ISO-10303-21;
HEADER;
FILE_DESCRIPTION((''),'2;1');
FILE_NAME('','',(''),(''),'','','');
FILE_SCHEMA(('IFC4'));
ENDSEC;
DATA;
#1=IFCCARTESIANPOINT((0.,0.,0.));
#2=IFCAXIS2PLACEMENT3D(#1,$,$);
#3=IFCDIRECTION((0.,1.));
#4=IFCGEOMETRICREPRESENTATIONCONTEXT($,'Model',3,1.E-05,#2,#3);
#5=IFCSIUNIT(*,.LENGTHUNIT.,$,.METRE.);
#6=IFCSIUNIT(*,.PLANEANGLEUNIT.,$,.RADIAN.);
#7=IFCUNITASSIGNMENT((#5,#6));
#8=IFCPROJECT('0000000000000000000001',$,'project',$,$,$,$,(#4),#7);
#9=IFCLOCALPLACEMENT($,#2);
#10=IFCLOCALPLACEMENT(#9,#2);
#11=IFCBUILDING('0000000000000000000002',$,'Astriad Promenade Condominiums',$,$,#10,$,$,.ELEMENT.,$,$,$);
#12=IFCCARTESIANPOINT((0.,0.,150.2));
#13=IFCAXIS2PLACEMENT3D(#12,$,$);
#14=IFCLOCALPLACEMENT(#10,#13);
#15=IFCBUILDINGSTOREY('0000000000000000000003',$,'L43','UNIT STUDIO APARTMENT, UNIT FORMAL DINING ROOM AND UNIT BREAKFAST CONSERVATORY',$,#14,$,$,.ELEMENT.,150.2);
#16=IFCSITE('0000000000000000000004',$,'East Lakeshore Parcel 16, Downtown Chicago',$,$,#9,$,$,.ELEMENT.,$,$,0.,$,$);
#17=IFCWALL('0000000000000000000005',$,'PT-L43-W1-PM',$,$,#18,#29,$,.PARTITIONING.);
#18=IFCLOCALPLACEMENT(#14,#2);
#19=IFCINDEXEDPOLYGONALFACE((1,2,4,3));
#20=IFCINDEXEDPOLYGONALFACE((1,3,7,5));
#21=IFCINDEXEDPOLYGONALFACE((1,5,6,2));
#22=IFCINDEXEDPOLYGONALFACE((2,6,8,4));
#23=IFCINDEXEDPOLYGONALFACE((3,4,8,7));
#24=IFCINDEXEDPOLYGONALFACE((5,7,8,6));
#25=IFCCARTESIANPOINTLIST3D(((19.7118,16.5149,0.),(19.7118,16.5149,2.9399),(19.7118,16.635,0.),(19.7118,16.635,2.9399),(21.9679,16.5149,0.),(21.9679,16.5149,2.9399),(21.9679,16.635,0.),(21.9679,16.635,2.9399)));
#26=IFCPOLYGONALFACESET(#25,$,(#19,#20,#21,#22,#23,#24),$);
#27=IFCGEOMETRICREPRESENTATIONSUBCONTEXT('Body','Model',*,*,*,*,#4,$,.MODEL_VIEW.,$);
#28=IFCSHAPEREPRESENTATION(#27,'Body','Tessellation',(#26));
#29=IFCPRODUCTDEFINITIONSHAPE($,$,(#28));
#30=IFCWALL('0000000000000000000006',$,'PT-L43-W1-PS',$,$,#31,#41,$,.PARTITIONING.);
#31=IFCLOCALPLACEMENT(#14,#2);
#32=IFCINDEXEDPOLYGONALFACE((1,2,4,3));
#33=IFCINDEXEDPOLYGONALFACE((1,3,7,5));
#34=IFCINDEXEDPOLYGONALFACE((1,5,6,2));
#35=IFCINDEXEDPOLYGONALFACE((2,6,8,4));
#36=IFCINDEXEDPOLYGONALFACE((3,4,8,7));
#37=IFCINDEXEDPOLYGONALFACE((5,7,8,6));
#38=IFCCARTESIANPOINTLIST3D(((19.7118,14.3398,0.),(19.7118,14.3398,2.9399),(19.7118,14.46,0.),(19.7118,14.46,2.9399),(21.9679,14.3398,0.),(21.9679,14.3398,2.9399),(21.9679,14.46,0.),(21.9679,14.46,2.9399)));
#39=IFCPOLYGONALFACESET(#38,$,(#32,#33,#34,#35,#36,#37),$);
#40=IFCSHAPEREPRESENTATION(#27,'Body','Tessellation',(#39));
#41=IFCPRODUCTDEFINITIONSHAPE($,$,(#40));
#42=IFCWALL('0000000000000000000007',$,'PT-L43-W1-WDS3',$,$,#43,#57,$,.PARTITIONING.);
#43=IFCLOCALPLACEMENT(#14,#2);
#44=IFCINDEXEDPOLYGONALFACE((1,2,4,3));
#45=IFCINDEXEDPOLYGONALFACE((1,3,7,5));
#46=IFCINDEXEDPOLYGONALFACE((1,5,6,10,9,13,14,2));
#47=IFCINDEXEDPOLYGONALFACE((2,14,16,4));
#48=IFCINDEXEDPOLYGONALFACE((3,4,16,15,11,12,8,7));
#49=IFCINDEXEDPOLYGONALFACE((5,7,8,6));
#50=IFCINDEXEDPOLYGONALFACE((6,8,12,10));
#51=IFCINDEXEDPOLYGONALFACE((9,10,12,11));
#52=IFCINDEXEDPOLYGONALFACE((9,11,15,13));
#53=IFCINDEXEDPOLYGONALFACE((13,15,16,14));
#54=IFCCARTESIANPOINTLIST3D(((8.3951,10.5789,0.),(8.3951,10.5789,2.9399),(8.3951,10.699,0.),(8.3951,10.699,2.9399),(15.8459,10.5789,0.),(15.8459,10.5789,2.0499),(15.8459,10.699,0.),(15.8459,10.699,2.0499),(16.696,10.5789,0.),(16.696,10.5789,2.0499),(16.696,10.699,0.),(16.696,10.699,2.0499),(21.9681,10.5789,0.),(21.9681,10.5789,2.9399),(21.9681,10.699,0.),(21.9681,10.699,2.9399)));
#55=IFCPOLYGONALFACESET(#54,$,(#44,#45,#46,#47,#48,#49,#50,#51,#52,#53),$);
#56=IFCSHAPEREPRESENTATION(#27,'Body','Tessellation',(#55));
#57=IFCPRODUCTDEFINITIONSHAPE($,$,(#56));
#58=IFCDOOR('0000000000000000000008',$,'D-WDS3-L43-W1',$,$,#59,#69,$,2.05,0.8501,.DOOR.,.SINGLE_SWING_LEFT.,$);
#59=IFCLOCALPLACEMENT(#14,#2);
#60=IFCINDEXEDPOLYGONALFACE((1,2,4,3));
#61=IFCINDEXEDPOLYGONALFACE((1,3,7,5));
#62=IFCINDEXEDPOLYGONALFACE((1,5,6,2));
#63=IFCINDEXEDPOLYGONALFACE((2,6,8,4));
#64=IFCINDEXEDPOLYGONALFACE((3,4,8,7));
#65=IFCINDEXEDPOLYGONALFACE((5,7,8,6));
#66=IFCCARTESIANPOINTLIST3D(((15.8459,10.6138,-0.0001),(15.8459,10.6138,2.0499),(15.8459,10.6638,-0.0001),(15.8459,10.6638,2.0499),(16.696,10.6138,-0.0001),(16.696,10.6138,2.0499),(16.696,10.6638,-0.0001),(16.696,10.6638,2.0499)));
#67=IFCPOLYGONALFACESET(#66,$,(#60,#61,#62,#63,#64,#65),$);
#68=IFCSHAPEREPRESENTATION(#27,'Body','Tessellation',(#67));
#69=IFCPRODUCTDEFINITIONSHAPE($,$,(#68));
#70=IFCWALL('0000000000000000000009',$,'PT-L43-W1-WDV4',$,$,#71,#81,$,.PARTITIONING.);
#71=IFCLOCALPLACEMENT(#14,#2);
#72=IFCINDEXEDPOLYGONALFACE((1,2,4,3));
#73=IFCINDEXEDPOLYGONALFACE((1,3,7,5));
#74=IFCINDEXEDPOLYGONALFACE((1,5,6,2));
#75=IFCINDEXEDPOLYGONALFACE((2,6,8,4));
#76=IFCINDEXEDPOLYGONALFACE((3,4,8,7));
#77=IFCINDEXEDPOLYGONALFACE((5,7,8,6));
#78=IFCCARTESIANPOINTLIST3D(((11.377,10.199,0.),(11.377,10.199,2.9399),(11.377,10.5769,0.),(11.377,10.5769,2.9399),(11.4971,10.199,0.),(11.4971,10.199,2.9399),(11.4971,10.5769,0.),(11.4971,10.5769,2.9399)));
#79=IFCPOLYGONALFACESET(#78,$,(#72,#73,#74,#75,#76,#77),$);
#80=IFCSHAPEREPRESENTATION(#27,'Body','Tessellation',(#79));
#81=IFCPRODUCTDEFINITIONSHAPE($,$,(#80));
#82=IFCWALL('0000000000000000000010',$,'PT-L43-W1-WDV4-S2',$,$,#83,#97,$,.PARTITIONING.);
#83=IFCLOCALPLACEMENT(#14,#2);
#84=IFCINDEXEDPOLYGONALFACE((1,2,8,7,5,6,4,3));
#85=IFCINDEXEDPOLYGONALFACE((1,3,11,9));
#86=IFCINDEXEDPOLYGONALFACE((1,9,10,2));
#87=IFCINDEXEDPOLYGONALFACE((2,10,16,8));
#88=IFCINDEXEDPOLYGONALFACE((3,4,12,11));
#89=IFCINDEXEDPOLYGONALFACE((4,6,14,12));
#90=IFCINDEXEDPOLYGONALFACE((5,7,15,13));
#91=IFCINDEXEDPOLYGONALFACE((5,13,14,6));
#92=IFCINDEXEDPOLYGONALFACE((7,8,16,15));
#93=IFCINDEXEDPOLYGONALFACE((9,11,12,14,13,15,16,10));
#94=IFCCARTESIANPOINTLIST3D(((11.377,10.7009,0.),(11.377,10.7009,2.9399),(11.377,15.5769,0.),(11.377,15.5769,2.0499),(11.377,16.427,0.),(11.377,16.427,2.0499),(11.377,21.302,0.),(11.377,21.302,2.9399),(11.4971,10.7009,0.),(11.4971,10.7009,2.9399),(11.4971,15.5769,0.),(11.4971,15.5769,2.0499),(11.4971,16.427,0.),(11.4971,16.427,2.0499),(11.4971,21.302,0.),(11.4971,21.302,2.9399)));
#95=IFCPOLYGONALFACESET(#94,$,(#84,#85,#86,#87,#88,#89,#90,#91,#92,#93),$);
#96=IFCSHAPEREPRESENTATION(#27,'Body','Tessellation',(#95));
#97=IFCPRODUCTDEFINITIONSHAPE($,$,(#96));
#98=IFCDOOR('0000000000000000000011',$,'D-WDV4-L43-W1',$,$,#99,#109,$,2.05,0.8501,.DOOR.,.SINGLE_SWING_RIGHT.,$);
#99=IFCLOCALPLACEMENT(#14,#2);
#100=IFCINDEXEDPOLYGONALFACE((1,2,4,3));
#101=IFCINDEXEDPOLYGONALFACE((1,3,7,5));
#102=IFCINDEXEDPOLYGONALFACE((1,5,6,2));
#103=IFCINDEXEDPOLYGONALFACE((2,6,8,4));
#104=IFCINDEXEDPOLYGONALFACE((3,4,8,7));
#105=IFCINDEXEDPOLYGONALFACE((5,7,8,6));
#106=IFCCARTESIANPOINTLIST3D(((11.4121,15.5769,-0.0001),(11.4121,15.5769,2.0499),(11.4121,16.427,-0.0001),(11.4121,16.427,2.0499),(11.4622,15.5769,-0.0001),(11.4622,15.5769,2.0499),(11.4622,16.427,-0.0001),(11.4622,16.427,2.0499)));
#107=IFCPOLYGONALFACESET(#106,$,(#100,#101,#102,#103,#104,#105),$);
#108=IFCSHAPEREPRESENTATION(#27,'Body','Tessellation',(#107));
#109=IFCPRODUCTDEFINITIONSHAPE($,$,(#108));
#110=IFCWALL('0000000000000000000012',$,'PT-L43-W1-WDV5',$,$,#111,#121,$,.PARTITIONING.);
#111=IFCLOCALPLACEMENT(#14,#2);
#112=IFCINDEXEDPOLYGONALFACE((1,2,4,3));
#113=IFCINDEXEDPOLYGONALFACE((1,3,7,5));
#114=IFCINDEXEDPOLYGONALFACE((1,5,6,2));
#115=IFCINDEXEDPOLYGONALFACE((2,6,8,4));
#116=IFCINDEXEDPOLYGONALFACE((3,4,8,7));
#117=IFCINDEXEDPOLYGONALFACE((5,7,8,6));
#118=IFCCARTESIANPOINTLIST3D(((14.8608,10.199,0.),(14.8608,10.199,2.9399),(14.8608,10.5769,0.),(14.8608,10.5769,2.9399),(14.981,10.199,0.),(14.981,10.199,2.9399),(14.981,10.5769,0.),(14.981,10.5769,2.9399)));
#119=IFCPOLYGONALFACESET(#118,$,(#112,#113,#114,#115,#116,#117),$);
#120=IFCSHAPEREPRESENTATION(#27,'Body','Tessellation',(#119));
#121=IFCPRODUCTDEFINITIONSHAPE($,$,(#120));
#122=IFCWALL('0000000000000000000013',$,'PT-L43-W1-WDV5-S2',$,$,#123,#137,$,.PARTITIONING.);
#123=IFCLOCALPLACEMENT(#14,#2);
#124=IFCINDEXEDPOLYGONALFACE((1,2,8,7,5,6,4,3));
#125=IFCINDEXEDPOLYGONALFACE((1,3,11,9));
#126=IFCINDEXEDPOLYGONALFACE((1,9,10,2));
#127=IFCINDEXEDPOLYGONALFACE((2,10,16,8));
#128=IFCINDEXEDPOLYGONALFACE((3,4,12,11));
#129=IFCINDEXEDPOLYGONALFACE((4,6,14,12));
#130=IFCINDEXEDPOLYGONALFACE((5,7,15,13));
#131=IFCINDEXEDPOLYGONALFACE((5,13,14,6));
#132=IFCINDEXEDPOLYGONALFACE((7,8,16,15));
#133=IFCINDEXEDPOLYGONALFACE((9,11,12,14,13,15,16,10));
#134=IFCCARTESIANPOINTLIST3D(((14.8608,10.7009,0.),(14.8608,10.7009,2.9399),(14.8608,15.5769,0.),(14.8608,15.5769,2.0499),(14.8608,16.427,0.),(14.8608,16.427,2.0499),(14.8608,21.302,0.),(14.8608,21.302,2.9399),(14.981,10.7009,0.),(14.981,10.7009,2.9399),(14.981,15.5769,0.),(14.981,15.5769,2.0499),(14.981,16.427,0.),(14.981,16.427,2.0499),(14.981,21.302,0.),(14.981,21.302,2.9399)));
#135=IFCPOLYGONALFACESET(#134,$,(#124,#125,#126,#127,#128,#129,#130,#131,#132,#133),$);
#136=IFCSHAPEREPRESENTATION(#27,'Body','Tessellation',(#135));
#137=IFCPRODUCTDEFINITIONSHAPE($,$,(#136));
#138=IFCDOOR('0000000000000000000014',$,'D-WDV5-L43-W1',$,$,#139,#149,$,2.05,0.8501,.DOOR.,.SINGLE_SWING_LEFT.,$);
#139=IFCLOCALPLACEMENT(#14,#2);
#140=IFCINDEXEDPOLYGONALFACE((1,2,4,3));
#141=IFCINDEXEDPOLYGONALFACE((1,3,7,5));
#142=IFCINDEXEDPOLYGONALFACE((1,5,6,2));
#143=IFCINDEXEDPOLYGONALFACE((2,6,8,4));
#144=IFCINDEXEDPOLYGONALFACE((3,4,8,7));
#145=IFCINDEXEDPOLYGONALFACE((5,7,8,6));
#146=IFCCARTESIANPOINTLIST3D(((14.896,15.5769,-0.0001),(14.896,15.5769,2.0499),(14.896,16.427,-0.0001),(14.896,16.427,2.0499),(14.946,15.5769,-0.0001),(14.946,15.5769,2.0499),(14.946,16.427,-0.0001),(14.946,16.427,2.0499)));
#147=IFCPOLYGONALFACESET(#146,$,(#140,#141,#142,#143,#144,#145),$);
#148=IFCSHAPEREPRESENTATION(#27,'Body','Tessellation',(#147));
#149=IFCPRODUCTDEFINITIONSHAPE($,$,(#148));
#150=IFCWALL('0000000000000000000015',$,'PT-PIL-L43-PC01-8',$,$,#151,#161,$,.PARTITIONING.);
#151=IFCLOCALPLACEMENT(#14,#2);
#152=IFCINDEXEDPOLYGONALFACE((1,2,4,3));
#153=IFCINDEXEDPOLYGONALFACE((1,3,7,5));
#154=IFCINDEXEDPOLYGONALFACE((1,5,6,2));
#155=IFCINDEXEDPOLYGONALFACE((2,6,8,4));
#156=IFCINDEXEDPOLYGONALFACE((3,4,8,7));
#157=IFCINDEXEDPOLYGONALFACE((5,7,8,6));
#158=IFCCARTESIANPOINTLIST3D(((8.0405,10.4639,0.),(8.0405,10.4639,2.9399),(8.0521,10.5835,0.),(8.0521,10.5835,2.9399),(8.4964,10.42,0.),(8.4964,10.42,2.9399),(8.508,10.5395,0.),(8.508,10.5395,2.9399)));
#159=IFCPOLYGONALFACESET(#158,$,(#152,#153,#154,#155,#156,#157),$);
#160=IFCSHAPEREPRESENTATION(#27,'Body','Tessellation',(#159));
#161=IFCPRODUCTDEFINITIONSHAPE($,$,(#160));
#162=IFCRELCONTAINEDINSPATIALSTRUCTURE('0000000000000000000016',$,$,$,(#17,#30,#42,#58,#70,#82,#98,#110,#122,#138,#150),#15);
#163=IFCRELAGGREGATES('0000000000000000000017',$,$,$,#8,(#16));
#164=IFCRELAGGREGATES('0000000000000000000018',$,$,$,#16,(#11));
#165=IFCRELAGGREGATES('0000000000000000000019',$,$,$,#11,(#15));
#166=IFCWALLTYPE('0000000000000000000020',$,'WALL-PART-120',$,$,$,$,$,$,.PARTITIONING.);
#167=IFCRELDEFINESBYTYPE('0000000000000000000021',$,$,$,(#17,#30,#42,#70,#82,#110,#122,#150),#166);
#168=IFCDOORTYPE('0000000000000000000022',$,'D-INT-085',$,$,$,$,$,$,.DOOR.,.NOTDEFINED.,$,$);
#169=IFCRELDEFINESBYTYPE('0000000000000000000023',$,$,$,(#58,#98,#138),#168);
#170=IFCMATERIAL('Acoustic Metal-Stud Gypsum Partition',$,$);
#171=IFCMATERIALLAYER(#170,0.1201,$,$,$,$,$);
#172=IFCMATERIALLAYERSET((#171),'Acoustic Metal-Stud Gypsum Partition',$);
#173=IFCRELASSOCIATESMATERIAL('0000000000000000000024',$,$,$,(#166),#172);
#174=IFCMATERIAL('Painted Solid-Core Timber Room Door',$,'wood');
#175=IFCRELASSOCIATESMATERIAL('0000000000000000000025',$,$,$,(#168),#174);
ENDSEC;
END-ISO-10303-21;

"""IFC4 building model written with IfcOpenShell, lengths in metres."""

from ifc_helpers import new_model, si_unit, direction, frame, frame_2d, origin, place, context, subcontext, project, spatial, rectangle, extrude, source, transform, mapped, material, layer, layer_set, type_object, type_shapes, element, fill, save


model = new_model("IFC4")

# Units and contexts
model_context = context("Model", 3, precision=1e-05, world=origin(), true_north=direction((0.0, 1.0)))
body_context = subcontext(model_context, "Body", "Model", "MODEL_VIEW")
ifc_project = project(units=[si_unit("LENGTHUNIT", "METRE"), si_unit("PLANEANGLEUNIT", "RADIAN")], contexts=[model_context])

# Site, building, storey
site_placement = place(None, origin())
site = spatial("IfcSite", under=ifc_project, at=site_placement, Name="East Lakeshore Parcel 16, Downtown Chicago", CompositionType="ELEMENT", RefElevation=0.0)
building_placement = place(site_placement, origin())
building = spatial("IfcBuilding", under=site, at=building_placement, Name="Astriad Promenade Condominiums", CompositionType="ELEMENT")
storey_placement = place(building_placement, frame((0.0, 0.0, 150.2)))
storey = spatial("IfcBuildingStorey", under=building, at=storey_placement, Name="L43", Description="UNIT STUDIO APARTMENT, UNIT FORMAL DINING ROOM AND UNIT BREAKFAST CONSERVATORY", CompositionType="ELEMENT", Elevation=150.2)

# Shared definitions
ifc_material_1 = material(Name="Acoustic Metal-Stud Gypsum Partition")
ifc_layer_1 = layer(ifc_material_1, 0.1201)
ifc_layer_set_1 = layer_set([ifc_layer_1], Name="Acoustic Metal-Stud Gypsum Partition")
wall_type_1 = type_object("IfcWallType", Name="WALL-PART-120", PredefinedType="PARTITIONING", material=ifc_layer_set_1)
ifc_material_2 = material(Name="Painted Solid-Core Timber Room Door", Category="wood")
door_type_1 = type_object("IfcDoorType", Name="D-INT-085", OperationType="NOTDEFINED", PredefinedType="DOOR", material=ifc_material_2)
shared_shape_1 = source(origin(), body_context, "Body", "SweptSolid", [
    extrude(rectangle(XDim=0.8501, YDim=2.05, at=frame_2d((0.425, 1.0249))), frame((0.0, 0.0249, 0.0), z_axis=(0.0, -1.0, 0.0), x_axis=(1.0, 0.0, 0.0)), (0.0, 0.0, 1.0), 0.05),
])
type_shapes(door_type_1, [shared_shape_1])

# Walls
for number, where, z_axis, x_axis, name in (
    (1, (19.7119, 16.575, 0.0), (0.0, 0.0, 1.0), (1.0, 0.0, 0.0), "PT-L43-W1-PM"),
    (2, (19.7119, 14.3999, 0.0), (0.0, 0.0, 1.0), (1.0, 0.0, 0.0), "PT-L43-W1-PS"),
):
    element("IfcWall", number, at=place(storey_placement, frame(where, z_axis=z_axis, x_axis=x_axis)), inside=storey, type_object=wall_type_1, Name=name, PredefinedType="PARTITIONING", context=body_context, shape_type="SweptSolid", body=[
        extrude(rectangle(XDim=2.2561, YDim=0.1201, at=frame_2d((1.1279, 0.0))), origin(), (0.0, 0.0, 1.0), 2.9399),
    ])

# Wall, opening, door
wall_1_placement = place(storey_placement, frame((8.395, 10.6389, 0.0), z_axis=(0.0, 0.0, 1.0), x_axis=(1.0, 0.0, 0.0)))
wall_1 = element("IfcWall", 3, at=wall_1_placement, inside=storey, type_object=wall_type_1, Name="PT-L43-W1-WDS3", PredefinedType="PARTITIONING", context=body_context, shape_type="SweptSolid", body=[
    extrude(rectangle(XDim=13.573, YDim=0.1201, at=frame_2d((6.7866, 0.0))), origin(), (0.0, 0.0, 1.0), 2.9399),
])
opening_1_placement = place(wall_1_placement, frame((7.4509, 0.0, 0.0)))
opening_1 = element("IfcOpeningElement", 4, at=opening_1_placement, cuts=wall_1, PredefinedType="OPENING", context=body_context, shape_type="SweptSolid", body=[
    extrude(rectangle(XDim=0.8501, YDim=2.05, at=frame_2d((0.425, 1.0249))), frame((0.0, 0.0701, 0.0), z_axis=(0.0, -1.0, 0.0), x_axis=(1.0, 0.0, 0.0)), (0.0, 0.0, 1.0), 0.1401),
])
door_1_placement = place(opening_1_placement, origin())
door_1 = element("IfcDoor", 5, at=door_1_placement, inside=storey, type_object=door_type_1, Name="D-WDS3-L43-W1", OperationType="SINGLE_SWING_LEFT", OverallHeight=2.05, OverallWidth=0.8501, PredefinedType="DOOR", context=body_context, shape_type="MappedRepresentation", body=[
    mapped(shared_shape_1, transform((0.0, 0.0, 0.0), scale=1.0)),
])
fill(opening_1, door_1)

# Wall
wall_2_placement = place(storey_placement, frame((11.437, 10.199, 0.0), z_axis=(0.0, 0.0, 1.0), x_axis=(0.0, 1.0, 0.0)))
element("IfcWall", 6, at=wall_2_placement, inside=storey, type_object=wall_type_1, Name="PT-L43-W1-WDV4", PredefinedType="PARTITIONING", context=body_context, shape_type="SweptSolid", body=[
    extrude(rectangle(XDim=0.3779, YDim=0.1201, at=frame_2d((0.189, 0.0))), origin(), (0.0, 0.0, 1.0), 2.9399),
])

# Wall, opening, door
wall_3_placement = place(storey_placement, frame((11.437, 10.7009, 0.0), z_axis=(0.0, 0.0, 1.0), x_axis=(0.0, 1.0, 0.0)))
wall_3 = element("IfcWall", 7, at=wall_3_placement, inside=storey, type_object=wall_type_1, Name="PT-L43-W1-WDV4-S2", PredefinedType="PARTITIONING", context=body_context, shape_type="SweptSolid", body=[
    extrude(rectangle(XDim=10.6011, YDim=0.1201, at=frame_2d((5.3005, 0.0))), origin(), (0.0, 0.0, 1.0), 2.9399),
])
opening_2_placement = place(wall_3_placement, frame((4.876, 0.0, 0.0)))
opening_2 = element("IfcOpeningElement", 8, at=opening_2_placement, cuts=wall_3, PredefinedType="OPENING", context=body_context, shape_type="SweptSolid", body=[
    extrude(rectangle(XDim=0.8501, YDim=2.05, at=frame_2d((0.425, 1.0249))), frame((0.0, 0.0701, 0.0), z_axis=(0.0, -1.0, 0.0), x_axis=(1.0, 0.0, 0.0)), (0.0, 0.0, 1.0), 0.1401),
])
door_2_placement = place(opening_2_placement, origin())
door_2 = element("IfcDoor", 9, at=door_2_placement, inside=storey, type_object=door_type_1, Name="D-WDV4-L43-W1", OperationType="SINGLE_SWING_RIGHT", OverallHeight=2.05, OverallWidth=0.8501, PredefinedType="DOOR", context=body_context, shape_type="MappedRepresentation", body=[
    mapped(shared_shape_1, transform((0.0, 0.0, 0.0), scale=1.0)),
])
fill(opening_2, door_2)

# Wall
wall_4_placement = place(storey_placement, frame((14.9209, 10.199, 0.0), z_axis=(0.0, 0.0, 1.0), x_axis=(0.0, 1.0, 0.0)))
element("IfcWall", 10, at=wall_4_placement, inside=storey, type_object=wall_type_1, Name="PT-L43-W1-WDV5", PredefinedType="PARTITIONING", context=body_context, shape_type="SweptSolid", body=[
    extrude(rectangle(XDim=0.3779, YDim=0.1201, at=frame_2d((0.189, 0.0))), origin(), (0.0, 0.0, 1.0), 2.9399),
])

# Wall, opening, door
wall_5_placement = place(storey_placement, frame((14.9209, 10.7009, 0.0), z_axis=(0.0, 0.0, 1.0), x_axis=(0.0, 1.0, 0.0)))
wall_5 = element("IfcWall", 11, at=wall_5_placement, inside=storey, type_object=wall_type_1, Name="PT-L43-W1-WDV5-S2", PredefinedType="PARTITIONING", context=body_context, shape_type="SweptSolid", body=[
    extrude(rectangle(XDim=10.6011, YDim=0.1201, at=frame_2d((5.3005, 0.0))), origin(), (0.0, 0.0, 1.0), 2.9399),
])
opening_3_placement = place(wall_5_placement, frame((4.876, 0.0, 0.0)))
opening_3 = element("IfcOpeningElement", 12, at=opening_3_placement, cuts=wall_5, PredefinedType="OPENING", context=body_context, shape_type="SweptSolid", body=[
    extrude(rectangle(XDim=0.8501, YDim=2.05, at=frame_2d((0.425, 1.0249))), frame((0.0, 0.0701, 0.0), z_axis=(0.0, -1.0, 0.0), x_axis=(1.0, 0.0, 0.0)), (0.0, 0.0, 1.0), 0.1401),
])
door_3_placement = place(opening_3_placement, origin())
door_3 = element("IfcDoor", 13, at=door_3_placement, inside=storey, type_object=door_type_1, Name="D-WDV5-L43-W1", OperationType="SINGLE_SWING_LEFT", OverallHeight=2.05, OverallWidth=0.8501, PredefinedType="DOOR", context=body_context, shape_type="MappedRepresentation", body=[
    mapped(shared_shape_1, transform((0.0, 0.0, 0.0), scale=1.0)),
])
fill(opening_3, door_3)

# Wall
wall_6_placement = place(storey_placement, frame((8.5022, 10.4797, 0.0), z_axis=(0.0, 0.0, 1.0), x_axis=(-0.995385, 0.095966, 0.0)))
element("IfcWall", 14, at=wall_6_placement, inside=storey, type_object=wall_type_1, Name="PT-PIL-L43-PC01-8", PredefinedType="PARTITIONING", context=body_context, shape_type="SweptSolid", body=[
    extrude(rectangle(XDim=0.458, YDim=0.1201, at=frame_2d((0.229, 0.0))), origin(), (0.0, 0.0, 1.0), 2.9399),
])

save(model, "model.ifc")
